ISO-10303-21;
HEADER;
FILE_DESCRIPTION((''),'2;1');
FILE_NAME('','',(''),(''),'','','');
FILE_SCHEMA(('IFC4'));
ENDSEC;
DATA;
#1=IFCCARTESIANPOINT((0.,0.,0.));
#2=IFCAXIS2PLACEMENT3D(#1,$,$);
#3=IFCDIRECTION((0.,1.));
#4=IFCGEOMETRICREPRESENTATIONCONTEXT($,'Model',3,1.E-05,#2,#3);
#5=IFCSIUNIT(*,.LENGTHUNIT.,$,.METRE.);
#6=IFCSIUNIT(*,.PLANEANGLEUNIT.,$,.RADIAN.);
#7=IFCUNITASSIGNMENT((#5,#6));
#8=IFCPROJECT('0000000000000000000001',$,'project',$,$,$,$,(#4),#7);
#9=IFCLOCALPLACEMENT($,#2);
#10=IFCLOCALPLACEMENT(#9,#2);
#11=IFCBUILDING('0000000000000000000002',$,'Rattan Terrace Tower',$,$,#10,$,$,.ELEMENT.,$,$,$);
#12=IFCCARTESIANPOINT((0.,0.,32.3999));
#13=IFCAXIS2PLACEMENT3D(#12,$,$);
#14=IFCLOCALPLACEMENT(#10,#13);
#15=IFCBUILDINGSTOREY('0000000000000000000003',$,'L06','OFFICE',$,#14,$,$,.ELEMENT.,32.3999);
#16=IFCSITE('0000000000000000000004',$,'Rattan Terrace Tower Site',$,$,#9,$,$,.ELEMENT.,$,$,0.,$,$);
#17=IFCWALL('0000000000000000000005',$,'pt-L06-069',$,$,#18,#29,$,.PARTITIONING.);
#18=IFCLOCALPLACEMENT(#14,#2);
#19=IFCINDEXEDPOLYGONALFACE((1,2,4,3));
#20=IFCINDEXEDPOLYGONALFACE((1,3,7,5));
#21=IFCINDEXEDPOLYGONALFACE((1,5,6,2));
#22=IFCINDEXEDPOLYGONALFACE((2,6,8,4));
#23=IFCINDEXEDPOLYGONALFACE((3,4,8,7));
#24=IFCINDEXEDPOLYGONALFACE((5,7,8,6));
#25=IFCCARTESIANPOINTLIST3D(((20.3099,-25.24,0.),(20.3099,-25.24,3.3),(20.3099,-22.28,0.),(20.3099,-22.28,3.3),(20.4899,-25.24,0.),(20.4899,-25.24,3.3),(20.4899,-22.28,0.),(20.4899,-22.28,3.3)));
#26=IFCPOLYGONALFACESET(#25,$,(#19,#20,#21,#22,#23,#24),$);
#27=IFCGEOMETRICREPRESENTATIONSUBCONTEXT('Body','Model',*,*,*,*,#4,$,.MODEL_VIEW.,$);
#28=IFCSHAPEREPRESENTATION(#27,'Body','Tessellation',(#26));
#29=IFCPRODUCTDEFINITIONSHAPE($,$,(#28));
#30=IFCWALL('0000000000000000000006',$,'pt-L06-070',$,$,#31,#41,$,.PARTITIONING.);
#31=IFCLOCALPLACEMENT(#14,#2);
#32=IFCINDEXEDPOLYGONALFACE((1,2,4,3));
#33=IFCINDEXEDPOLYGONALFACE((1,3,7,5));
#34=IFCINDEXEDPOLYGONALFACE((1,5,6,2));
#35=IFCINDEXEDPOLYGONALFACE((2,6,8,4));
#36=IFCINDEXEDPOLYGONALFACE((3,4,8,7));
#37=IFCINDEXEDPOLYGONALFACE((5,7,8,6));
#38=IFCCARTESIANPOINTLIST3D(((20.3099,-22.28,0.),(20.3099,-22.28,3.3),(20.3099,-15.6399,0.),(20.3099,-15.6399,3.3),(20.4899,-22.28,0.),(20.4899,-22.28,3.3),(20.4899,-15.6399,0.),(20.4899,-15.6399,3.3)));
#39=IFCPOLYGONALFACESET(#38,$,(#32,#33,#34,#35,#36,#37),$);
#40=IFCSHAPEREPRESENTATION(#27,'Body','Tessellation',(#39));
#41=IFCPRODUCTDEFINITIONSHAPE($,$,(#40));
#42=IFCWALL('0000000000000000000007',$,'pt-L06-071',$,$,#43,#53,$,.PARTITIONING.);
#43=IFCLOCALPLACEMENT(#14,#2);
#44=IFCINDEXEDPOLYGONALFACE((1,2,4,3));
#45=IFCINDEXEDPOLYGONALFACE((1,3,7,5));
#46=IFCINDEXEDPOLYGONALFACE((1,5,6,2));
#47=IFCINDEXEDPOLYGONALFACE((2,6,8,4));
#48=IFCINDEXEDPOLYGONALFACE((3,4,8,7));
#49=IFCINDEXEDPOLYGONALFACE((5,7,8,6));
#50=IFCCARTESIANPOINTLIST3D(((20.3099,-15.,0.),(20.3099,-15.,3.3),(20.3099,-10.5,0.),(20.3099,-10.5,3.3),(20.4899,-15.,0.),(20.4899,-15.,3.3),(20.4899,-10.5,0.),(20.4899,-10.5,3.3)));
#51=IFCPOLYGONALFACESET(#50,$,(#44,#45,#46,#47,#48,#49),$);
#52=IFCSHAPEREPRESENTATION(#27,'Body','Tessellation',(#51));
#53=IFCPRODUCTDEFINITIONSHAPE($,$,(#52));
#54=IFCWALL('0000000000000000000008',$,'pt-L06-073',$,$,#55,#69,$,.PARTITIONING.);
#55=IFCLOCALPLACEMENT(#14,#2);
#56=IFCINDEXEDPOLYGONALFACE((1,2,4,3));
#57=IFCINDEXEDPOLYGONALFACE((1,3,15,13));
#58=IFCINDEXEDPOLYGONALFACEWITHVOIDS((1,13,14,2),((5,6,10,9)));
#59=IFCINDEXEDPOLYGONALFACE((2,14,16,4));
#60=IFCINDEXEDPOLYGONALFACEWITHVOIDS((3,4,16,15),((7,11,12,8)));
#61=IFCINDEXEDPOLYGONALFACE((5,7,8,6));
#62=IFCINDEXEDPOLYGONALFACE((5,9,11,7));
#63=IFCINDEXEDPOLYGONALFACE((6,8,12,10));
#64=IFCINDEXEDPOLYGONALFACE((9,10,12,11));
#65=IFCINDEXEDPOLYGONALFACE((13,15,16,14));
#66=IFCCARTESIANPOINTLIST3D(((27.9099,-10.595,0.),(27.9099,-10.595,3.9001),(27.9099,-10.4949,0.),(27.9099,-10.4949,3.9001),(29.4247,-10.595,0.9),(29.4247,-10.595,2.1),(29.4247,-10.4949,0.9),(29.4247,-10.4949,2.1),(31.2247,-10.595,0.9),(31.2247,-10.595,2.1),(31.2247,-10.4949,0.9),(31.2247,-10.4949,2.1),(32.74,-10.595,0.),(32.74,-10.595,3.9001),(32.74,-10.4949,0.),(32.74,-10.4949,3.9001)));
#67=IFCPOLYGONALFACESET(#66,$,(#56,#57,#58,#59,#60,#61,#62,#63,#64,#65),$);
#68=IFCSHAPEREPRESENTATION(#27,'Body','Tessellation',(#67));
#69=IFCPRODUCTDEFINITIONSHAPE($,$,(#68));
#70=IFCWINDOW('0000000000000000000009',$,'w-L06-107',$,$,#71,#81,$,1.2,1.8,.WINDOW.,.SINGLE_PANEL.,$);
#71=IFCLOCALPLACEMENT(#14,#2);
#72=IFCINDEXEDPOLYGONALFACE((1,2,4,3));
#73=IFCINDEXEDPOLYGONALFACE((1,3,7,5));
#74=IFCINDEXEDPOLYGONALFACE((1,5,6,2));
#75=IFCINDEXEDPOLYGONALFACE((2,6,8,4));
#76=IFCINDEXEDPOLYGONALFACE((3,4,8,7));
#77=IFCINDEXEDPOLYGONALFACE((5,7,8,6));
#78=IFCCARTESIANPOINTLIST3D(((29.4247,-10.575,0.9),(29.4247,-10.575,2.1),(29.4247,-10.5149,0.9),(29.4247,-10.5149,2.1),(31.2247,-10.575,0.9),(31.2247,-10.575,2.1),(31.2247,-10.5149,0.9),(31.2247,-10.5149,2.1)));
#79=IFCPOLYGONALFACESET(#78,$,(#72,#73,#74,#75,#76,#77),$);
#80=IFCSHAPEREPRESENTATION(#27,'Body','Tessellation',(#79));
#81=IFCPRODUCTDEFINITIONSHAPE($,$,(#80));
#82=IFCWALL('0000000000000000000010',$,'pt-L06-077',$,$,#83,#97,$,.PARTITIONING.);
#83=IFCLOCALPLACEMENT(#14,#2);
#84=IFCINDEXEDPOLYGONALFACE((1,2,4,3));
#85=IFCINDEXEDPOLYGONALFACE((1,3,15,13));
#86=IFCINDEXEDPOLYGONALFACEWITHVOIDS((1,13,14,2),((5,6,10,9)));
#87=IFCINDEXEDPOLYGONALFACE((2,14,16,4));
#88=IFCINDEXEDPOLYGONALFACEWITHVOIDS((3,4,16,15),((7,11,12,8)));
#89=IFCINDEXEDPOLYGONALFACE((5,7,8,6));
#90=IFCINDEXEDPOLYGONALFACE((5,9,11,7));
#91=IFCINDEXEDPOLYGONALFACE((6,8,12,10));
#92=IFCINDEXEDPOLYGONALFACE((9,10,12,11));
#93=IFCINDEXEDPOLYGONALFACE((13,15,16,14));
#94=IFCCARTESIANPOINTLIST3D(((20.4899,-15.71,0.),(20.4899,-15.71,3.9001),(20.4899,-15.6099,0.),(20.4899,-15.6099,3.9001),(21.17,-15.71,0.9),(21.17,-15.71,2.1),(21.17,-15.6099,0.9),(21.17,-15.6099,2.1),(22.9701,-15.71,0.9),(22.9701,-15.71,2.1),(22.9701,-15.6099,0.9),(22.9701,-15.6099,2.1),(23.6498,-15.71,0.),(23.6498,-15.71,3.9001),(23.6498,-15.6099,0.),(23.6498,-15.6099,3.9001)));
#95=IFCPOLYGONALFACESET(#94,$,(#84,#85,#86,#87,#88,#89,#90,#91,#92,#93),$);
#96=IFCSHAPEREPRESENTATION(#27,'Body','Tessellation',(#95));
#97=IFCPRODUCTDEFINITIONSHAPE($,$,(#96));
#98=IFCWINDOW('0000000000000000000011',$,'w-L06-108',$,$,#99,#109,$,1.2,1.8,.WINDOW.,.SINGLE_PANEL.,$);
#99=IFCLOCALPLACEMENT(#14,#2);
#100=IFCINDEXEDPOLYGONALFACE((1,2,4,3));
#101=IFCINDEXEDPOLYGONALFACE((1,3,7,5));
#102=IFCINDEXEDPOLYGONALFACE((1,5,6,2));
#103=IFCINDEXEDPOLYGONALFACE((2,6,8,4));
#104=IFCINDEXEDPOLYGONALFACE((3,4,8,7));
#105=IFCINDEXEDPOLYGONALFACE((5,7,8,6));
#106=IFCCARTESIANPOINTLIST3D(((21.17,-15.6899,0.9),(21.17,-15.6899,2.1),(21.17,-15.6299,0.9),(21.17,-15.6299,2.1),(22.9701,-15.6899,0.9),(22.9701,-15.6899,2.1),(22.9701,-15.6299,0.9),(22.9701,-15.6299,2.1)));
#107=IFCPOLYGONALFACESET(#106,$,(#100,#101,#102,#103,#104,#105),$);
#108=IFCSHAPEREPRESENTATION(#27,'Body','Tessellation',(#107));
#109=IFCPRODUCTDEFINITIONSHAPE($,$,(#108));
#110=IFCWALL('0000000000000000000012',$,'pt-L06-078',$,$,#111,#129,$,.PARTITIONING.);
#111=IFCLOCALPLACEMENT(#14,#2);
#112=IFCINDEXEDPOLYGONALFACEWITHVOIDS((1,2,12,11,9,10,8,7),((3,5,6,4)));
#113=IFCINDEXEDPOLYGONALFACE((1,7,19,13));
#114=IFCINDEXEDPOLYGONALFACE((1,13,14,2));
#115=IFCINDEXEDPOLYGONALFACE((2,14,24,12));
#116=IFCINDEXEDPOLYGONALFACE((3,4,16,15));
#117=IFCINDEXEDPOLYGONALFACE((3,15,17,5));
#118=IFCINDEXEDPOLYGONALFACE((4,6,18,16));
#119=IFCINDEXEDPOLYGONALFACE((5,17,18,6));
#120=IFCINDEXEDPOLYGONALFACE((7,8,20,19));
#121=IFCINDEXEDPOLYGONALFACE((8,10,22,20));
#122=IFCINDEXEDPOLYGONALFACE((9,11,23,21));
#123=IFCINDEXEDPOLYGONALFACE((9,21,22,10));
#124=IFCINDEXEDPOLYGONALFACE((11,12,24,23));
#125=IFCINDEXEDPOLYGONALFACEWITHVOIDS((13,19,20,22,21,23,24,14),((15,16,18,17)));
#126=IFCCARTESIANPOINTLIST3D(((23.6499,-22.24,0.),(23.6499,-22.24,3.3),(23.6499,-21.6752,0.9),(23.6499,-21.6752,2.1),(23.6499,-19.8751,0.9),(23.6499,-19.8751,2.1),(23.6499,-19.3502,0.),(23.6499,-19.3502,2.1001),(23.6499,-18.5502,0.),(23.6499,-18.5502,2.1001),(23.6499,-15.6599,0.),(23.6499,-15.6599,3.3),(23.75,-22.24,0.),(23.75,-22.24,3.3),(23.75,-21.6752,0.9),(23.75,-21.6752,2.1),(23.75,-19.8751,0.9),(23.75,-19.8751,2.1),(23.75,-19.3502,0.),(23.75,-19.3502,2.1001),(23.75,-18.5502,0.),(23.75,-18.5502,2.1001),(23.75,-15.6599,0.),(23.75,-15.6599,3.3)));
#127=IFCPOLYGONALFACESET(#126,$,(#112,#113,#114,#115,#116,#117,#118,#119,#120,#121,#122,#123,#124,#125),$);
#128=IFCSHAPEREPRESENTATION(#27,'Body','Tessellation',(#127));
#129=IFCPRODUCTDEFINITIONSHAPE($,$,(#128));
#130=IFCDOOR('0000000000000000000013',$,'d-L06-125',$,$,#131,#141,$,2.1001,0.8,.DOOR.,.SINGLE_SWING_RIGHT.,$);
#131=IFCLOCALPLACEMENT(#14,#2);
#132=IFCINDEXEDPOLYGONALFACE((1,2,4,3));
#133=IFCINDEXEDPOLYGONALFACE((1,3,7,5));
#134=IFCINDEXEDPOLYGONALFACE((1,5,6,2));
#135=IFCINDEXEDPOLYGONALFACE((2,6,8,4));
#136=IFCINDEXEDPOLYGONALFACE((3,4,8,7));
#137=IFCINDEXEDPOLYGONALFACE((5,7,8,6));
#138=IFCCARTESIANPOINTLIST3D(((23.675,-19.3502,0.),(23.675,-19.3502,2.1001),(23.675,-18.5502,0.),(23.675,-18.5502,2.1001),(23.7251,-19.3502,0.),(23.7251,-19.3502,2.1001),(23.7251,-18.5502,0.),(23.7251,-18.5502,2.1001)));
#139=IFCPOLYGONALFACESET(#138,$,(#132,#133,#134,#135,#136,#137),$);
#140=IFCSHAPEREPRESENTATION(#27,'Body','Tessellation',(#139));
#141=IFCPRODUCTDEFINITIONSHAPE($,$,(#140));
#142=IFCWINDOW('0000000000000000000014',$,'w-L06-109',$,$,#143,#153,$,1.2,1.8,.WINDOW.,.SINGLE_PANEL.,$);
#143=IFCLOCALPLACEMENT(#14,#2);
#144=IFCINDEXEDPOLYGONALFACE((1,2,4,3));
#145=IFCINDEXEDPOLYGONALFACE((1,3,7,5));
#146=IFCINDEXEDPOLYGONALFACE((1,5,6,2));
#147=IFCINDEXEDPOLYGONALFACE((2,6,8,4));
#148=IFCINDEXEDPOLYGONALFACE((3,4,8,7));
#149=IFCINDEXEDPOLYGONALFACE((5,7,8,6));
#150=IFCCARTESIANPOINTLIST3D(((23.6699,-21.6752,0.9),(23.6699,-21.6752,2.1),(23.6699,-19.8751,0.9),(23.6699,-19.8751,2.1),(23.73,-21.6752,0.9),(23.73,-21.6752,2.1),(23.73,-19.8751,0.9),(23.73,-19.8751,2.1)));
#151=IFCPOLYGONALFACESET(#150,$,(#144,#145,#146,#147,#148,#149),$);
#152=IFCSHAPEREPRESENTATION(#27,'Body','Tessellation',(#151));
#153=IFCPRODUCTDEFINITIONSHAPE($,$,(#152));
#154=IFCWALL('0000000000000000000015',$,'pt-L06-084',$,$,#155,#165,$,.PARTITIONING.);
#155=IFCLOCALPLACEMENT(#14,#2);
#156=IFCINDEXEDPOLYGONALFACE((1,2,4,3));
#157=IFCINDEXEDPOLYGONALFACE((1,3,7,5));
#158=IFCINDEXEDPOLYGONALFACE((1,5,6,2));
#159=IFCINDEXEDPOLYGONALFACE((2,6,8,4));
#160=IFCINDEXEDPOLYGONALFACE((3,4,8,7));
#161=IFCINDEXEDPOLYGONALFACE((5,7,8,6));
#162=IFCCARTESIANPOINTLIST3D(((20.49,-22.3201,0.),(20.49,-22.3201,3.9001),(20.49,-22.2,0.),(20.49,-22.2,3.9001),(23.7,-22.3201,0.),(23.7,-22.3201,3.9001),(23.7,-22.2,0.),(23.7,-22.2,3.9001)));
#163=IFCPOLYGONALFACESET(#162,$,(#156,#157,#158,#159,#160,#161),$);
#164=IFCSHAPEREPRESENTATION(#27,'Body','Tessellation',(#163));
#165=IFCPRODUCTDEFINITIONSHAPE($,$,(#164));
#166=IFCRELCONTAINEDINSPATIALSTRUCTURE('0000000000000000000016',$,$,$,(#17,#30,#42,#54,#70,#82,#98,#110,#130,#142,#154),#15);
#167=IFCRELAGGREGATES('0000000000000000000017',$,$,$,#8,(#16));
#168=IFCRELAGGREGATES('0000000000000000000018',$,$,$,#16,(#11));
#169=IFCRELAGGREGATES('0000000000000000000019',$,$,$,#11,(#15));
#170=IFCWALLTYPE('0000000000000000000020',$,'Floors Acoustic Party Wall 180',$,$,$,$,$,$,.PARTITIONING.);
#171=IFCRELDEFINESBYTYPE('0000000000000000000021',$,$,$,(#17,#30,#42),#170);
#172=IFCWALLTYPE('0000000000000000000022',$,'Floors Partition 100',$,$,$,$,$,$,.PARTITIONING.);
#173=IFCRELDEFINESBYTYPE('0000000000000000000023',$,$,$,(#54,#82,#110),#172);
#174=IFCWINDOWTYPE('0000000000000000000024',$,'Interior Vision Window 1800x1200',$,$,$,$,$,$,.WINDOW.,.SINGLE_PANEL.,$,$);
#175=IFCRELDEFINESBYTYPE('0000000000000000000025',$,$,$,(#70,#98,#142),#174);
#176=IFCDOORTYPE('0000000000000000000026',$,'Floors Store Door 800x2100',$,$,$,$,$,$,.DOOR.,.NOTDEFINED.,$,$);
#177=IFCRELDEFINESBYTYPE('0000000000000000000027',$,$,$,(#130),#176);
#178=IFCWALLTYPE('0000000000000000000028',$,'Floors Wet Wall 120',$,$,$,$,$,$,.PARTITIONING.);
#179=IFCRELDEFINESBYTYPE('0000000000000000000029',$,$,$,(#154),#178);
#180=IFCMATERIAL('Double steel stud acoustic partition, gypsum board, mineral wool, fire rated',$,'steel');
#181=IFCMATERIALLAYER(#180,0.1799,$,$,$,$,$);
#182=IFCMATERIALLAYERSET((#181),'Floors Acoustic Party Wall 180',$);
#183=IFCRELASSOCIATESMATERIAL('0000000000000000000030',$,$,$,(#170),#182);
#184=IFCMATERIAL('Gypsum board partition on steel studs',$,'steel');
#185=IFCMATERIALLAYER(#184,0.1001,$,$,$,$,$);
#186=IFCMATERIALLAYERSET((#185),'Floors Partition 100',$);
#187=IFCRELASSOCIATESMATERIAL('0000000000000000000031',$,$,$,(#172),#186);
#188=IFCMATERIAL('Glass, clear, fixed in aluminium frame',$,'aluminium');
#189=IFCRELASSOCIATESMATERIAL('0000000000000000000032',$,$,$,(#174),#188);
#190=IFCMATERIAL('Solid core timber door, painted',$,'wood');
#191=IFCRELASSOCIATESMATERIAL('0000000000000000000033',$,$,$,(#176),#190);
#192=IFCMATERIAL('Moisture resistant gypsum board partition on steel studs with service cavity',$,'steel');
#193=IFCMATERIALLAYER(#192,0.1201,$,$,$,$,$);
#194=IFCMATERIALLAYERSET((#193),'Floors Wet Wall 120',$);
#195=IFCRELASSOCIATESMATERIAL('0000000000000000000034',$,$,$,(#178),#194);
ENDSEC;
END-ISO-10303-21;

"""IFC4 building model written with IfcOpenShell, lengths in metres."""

from ifc_helpers import new_model, si_unit, direction, frame, frame_2d, origin, place, context, subcontext, project, spatial, rectangle, extrude, material, layer, layer_set, type_object, element, fill, save


model = new_model("IFC4")

# Units and contexts
model_context = context("Model", 3, precision=1e-05, world=origin(), true_north=direction((0.0, 1.0)))
body_context = subcontext(model_context, "Body", "Model", "MODEL_VIEW")
ifc_project = project(units=[si_unit("LENGTHUNIT", "METRE"), si_unit("PLANEANGLEUNIT", "RADIAN")], contexts=[model_context])

# Site, building, storey
site_placement = place(None, origin())
site = spatial("IfcSite", under=ifc_project, at=site_placement, Name="Rattan Terrace Tower Site", CompositionType="ELEMENT", RefElevation=0.0)
building_placement = place(site_placement, origin())
building = spatial("IfcBuilding", under=site, at=building_placement, Name="Rattan Terrace Tower", CompositionType="ELEMENT")
storey_placement = place(building_placement, frame((0.0, 0.0, 32.3999)))
storey = spatial("IfcBuildingStorey", under=building, at=storey_placement, Name="L06", Description="OFFICE", CompositionType="ELEMENT", Elevation=32.3999)

# Walls
ifc_material_1 = material(Name="Double steel stud acoustic partition, gypsum board, mineral wool, fire rated", Category="steel")
ifc_layer_1 = layer(ifc_material_1, 0.1799)
ifc_layer_set_1 = layer_set([ifc_layer_1], Name="Floors Acoustic Party Wall 180")
wall_type_1 = type_object("IfcWallType", Name="Floors Acoustic Party Wall 180", PredefinedType="PARTITIONING", material=ifc_layer_set_1)
wall_1_placement = place(storey_placement, frame((20.3999, -22.28, 0.0), z_axis=(0.0, 0.0, 1.0), x_axis=(0.0, -1.0, 0.0)))
element("IfcWall", 1, at=wall_1_placement, inside=storey, type_object=wall_type_1, Name="pt-L06-069", PredefinedType="PARTITIONING", context=body_context, shape_type="SweptSolid", body=[
    extrude(rectangle(XDim=2.96, YDim=0.1799, at=frame_2d((1.48, 0.0))), origin(), (0.0, 0.0, 1.0), 3.3),
])
wall_2_placement = place(storey_placement, frame((20.3999, -15.6399, 0.0), z_axis=(0.0, 0.0, 1.0), x_axis=(0.0, -1.0, 0.0)))
element("IfcWall", 2, at=wall_2_placement, inside=storey, type_object=wall_type_1, Name="pt-L06-070", PredefinedType="PARTITIONING", context=body_context, shape_type="SweptSolid", body=[
    extrude(rectangle(XDim=6.6401, YDim=0.1799, at=frame_2d((3.3201, 0.0))), origin(), (0.0, 0.0, 1.0), 3.3),
])
wall_3_placement = place(storey_placement, frame((20.3999, -10.5, 0.0), z_axis=(0.0, 0.0, 1.0), x_axis=(0.0, -1.0, 0.0)))
element("IfcWall", 3, at=wall_3_placement, inside=storey, type_object=wall_type_1, Name="pt-L06-071", PredefinedType="PARTITIONING", context=body_context, shape_type="SweptSolid", body=[
    extrude(rectangle(XDim=4.5, YDim=0.1799, at=frame_2d((2.25, 0.0))), origin(), (0.0, 0.0, 1.0), 3.3),
])

# Walls, openings, windows
ifc_material_2 = material(Name="Gypsum board partition on steel studs", Category="steel")
ifc_layer_2 = layer(ifc_material_2, 0.1001)
ifc_layer_set_2 = layer_set([ifc_layer_2], Name="Floors Partition 100")
wall_type_2 = type_object("IfcWallType", Name="Floors Partition 100", PredefinedType="PARTITIONING", material=ifc_layer_set_2)
wall_4_placement = place(storey_placement, frame((27.9099, -10.5449, 0.0), z_axis=(0.0, 0.0, 1.0), x_axis=(1.0, 0.0, 0.0)))
wall_4 = element("IfcWall", 4, at=wall_4_placement, inside=storey, type_object=wall_type_2, Name="pt-L06-073", PredefinedType="PARTITIONING", context=body_context, shape_type="SweptSolid", body=[
    extrude(rectangle(XDim=4.8301, YDim=0.1001, at=frame_2d((2.415, 0.0))), origin(), (0.0, 0.0, 1.0), 3.9001),
])
opening_1_placement = place(wall_4_placement, frame((1.5149, 0.0, 0.8999)))
opening_1 = element("IfcOpeningElement", 5, at=opening_1_placement, cuts=wall_4, PredefinedType="OPENING", context=body_context, shape_type="SweptSolid", body=[
    extrude(rectangle(XDim=1.8, YDim=1.2, at=frame_2d((0.8999, 0.6001))), frame((0.0, 0.0605, 0.0), z_axis=(0.0, -1.0, 0.0), x_axis=(1.0, 0.0, 0.0)), (0.0, 0.0, 1.0), 0.1211),
])
ifc_material_3 = material(Name="Glass, clear, fixed in aluminium frame", Category="aluminium")
window_type = type_object("IfcWindowType", Name="Interior Vision Window 1800x1200", PartitioningType="SINGLE_PANEL", PredefinedType="WINDOW", material=ifc_material_3)
window_1_placement = place(opening_1_placement, origin())
window_1 = element("IfcWindow", 6, at=window_1_placement, inside=storey, type_object=window_type, Name="w-L06-107", OverallHeight=1.2, OverallWidth=1.8, PartitioningType="SINGLE_PANEL", PredefinedType="WINDOW", context=body_context, shape_type="SweptSolid", body=[
    extrude(rectangle(XDim=1.8, YDim=1.2, at=frame_2d((0.8999, 0.6001))), frame((0.0, 0.03, 0.0), z_axis=(0.0, -1.0, 0.0), x_axis=(1.0, 0.0, 0.0)), (0.0, 0.0, 1.0), 0.0601),
])
fill(opening_1, window_1)
wall_5_placement = place(storey_placement, frame((23.6499, -15.6599, 0.0), z_axis=(0.0, 0.0, 1.0), x_axis=(-1.0, 0.0, 0.0)))
wall_5 = element("IfcWall", 7, at=wall_5_placement, inside=storey, type_object=wall_type_2, Name="pt-L06-077", PredefinedType="PARTITIONING", context=body_context, shape_type="SweptSolid", body=[
    extrude(rectangle(XDim=3.1599, YDim=0.1001, at=frame_2d((1.5801, 0.0))), origin(), (0.0, 0.0, 1.0), 3.9001),
])
opening_2_placement = place(wall_5_placement, frame((0.6799, 0.0, 0.8999)))
opening_2 = element("IfcOpeningElement", 8, at=opening_2_placement, cuts=wall_5, PredefinedType="OPENING", context=body_context, shape_type="SweptSolid", body=[
    extrude(rectangle(XDim=1.8, YDim=1.2, at=frame_2d((0.8999, 0.6001))), frame((0.0, 0.0605, 0.0), z_axis=(0.0, -1.0, 0.0), x_axis=(1.0, 0.0, 0.0)), (0.0, 0.0, 1.0), 0.1211),
])
window_2_placement = place(opening_2_placement, origin())
window_2 = element("IfcWindow", 9, at=window_2_placement, inside=storey, type_object=window_type, Name="w-L06-108", OverallHeight=1.2, OverallWidth=1.8, PartitioningType="SINGLE_PANEL", PredefinedType="WINDOW", context=body_context, shape_type="SweptSolid", body=[
    extrude(rectangle(XDim=1.8, YDim=1.2, at=frame_2d((0.8999, 0.6001))), frame((0.0, 0.03, 0.0), z_axis=(0.0, -1.0, 0.0), x_axis=(1.0, 0.0, 0.0)), (0.0, 0.0, 1.0), 0.0601),
])
fill(opening_2, window_2)

# Wall, openings, door, window
wall_6_placement = place(storey_placement, frame((23.7, -22.24, 0.0), z_axis=(0.0, 0.0, 1.0), x_axis=(0.0, 1.0, 0.0)))
wall_6 = element("IfcWall", 10, at=wall_6_placement, inside=storey, type_object=wall_type_2, Name="pt-L06-078", PredefinedType="PARTITIONING", context=body_context, shape_type="SweptSolid", body=[
    extrude(rectangle(XDim=6.5801, YDim=0.1001, at=frame_2d((3.29, 0.0))), origin(), (0.0, 0.0, 1.0), 3.3),
])
opening_3_placement = place(wall_6_placement, frame((2.8899, 0.0, 0.0)))
opening_3 = element("IfcOpeningElement", 11, at=opening_3_placement, cuts=wall_6, PredefinedType="OPENING", context=body_context, shape_type="SweptSolid", body=[
    extrude(rectangle(XDim=0.8, YDim=2.1001, at=frame_2d((0.3999, 1.05))), frame((0.0, 0.0605, 0.0), z_axis=(0.0, -1.0, 0.0), x_axis=(1.0, 0.0, 0.0)), (0.0, 0.0, 1.0), 0.1211),
])
opening_4_placement = place(wall_6_placement, frame((0.5649, 0.0, 0.8999)))
opening_4 = element("IfcOpeningElement", 12, at=opening_4_placement, cuts=wall_6, PredefinedType="OPENING", context=body_context, shape_type="SweptSolid", body=[
    extrude(rectangle(XDim=1.8, YDim=1.2, at=frame_2d((0.8999, 0.6001))), frame((0.0, 0.0605, 0.0), z_axis=(0.0, -1.0, 0.0), x_axis=(1.0, 0.0, 0.0)), (0.0, 0.0, 1.0), 0.1211),
])
ifc_material_4 = material(Name="Solid core timber door, painted", Category="wood")
door_type = type_object("IfcDoorType", Name="Floors Store Door 800x2100", OperationType="NOTDEFINED", PredefinedType="DOOR", material=ifc_material_4)
door_placement = place(opening_3_placement, origin())
door = element("IfcDoor", 13, at=door_placement, inside=storey, type_object=door_type, Name="d-L06-125", OperationType="SINGLE_SWING_RIGHT", OverallHeight=2.1001, OverallWidth=0.8, PredefinedType="DOOR", context=body_context, shape_type="SweptSolid", body=[
    extrude(rectangle(XDim=0.8, YDim=2.1001, at=frame_2d((0.3999, 1.05))), frame((0.0, 0.0249, 0.0), z_axis=(0.0, -1.0, 0.0), x_axis=(1.0, 0.0, 0.0)), (0.0, 0.0, 1.0), 0.05),
])
fill(opening_3, door)
window_3_placement = place(opening_4_placement, origin())
window_3 = element("IfcWindow", 14, at=window_3_placement, inside=storey, type_object=window_type, Name="w-L06-109", OverallHeight=1.2, OverallWidth=1.8, PartitioningType="SINGLE_PANEL", PredefinedType="WINDOW", context=body_context, shape_type="SweptSolid", body=[
    extrude(rectangle(XDim=1.8, YDim=1.2, at=frame_2d((0.8999, 0.6001))), frame((0.0, 0.03, 0.0), z_axis=(0.0, -1.0, 0.0), x_axis=(1.0, 0.0, 0.0)), (0.0, 0.0, 1.0), 0.0601),
])
fill(opening_4, window_3)

# Wall
ifc_material_5 = material(Name="Moisture resistant gypsum board partition on steel studs with service cavity", Category="steel")
ifc_layer_3 = layer(ifc_material_5, 0.1201)
ifc_layer_set_3 = layer_set([ifc_layer_3], Name="Floors Wet Wall 120")
wall_type_3 = type_object("IfcWallType", Name="Floors Wet Wall 120", PredefinedType="PARTITIONING", material=ifc_layer_set_3)
wall_7_placement = place(storey_placement, frame((20.49, -22.26, 0.0), z_axis=(0.0, 0.0, 1.0), x_axis=(1.0, 0.0, 0.0)))
element("IfcWall", 15, at=wall_7_placement, inside=storey, type_object=wall_type_3, Name="pt-L06-084", PredefinedType="PARTITIONING", context=body_context, shape_type="SweptSolid", body=[
    extrude(rectangle(XDim=3.21, YDim=0.1201, at=frame_2d((1.605, 0.0))), origin(), (0.0, 0.0, 1.0), 3.9001),
])

save(model, "model.ifc")
